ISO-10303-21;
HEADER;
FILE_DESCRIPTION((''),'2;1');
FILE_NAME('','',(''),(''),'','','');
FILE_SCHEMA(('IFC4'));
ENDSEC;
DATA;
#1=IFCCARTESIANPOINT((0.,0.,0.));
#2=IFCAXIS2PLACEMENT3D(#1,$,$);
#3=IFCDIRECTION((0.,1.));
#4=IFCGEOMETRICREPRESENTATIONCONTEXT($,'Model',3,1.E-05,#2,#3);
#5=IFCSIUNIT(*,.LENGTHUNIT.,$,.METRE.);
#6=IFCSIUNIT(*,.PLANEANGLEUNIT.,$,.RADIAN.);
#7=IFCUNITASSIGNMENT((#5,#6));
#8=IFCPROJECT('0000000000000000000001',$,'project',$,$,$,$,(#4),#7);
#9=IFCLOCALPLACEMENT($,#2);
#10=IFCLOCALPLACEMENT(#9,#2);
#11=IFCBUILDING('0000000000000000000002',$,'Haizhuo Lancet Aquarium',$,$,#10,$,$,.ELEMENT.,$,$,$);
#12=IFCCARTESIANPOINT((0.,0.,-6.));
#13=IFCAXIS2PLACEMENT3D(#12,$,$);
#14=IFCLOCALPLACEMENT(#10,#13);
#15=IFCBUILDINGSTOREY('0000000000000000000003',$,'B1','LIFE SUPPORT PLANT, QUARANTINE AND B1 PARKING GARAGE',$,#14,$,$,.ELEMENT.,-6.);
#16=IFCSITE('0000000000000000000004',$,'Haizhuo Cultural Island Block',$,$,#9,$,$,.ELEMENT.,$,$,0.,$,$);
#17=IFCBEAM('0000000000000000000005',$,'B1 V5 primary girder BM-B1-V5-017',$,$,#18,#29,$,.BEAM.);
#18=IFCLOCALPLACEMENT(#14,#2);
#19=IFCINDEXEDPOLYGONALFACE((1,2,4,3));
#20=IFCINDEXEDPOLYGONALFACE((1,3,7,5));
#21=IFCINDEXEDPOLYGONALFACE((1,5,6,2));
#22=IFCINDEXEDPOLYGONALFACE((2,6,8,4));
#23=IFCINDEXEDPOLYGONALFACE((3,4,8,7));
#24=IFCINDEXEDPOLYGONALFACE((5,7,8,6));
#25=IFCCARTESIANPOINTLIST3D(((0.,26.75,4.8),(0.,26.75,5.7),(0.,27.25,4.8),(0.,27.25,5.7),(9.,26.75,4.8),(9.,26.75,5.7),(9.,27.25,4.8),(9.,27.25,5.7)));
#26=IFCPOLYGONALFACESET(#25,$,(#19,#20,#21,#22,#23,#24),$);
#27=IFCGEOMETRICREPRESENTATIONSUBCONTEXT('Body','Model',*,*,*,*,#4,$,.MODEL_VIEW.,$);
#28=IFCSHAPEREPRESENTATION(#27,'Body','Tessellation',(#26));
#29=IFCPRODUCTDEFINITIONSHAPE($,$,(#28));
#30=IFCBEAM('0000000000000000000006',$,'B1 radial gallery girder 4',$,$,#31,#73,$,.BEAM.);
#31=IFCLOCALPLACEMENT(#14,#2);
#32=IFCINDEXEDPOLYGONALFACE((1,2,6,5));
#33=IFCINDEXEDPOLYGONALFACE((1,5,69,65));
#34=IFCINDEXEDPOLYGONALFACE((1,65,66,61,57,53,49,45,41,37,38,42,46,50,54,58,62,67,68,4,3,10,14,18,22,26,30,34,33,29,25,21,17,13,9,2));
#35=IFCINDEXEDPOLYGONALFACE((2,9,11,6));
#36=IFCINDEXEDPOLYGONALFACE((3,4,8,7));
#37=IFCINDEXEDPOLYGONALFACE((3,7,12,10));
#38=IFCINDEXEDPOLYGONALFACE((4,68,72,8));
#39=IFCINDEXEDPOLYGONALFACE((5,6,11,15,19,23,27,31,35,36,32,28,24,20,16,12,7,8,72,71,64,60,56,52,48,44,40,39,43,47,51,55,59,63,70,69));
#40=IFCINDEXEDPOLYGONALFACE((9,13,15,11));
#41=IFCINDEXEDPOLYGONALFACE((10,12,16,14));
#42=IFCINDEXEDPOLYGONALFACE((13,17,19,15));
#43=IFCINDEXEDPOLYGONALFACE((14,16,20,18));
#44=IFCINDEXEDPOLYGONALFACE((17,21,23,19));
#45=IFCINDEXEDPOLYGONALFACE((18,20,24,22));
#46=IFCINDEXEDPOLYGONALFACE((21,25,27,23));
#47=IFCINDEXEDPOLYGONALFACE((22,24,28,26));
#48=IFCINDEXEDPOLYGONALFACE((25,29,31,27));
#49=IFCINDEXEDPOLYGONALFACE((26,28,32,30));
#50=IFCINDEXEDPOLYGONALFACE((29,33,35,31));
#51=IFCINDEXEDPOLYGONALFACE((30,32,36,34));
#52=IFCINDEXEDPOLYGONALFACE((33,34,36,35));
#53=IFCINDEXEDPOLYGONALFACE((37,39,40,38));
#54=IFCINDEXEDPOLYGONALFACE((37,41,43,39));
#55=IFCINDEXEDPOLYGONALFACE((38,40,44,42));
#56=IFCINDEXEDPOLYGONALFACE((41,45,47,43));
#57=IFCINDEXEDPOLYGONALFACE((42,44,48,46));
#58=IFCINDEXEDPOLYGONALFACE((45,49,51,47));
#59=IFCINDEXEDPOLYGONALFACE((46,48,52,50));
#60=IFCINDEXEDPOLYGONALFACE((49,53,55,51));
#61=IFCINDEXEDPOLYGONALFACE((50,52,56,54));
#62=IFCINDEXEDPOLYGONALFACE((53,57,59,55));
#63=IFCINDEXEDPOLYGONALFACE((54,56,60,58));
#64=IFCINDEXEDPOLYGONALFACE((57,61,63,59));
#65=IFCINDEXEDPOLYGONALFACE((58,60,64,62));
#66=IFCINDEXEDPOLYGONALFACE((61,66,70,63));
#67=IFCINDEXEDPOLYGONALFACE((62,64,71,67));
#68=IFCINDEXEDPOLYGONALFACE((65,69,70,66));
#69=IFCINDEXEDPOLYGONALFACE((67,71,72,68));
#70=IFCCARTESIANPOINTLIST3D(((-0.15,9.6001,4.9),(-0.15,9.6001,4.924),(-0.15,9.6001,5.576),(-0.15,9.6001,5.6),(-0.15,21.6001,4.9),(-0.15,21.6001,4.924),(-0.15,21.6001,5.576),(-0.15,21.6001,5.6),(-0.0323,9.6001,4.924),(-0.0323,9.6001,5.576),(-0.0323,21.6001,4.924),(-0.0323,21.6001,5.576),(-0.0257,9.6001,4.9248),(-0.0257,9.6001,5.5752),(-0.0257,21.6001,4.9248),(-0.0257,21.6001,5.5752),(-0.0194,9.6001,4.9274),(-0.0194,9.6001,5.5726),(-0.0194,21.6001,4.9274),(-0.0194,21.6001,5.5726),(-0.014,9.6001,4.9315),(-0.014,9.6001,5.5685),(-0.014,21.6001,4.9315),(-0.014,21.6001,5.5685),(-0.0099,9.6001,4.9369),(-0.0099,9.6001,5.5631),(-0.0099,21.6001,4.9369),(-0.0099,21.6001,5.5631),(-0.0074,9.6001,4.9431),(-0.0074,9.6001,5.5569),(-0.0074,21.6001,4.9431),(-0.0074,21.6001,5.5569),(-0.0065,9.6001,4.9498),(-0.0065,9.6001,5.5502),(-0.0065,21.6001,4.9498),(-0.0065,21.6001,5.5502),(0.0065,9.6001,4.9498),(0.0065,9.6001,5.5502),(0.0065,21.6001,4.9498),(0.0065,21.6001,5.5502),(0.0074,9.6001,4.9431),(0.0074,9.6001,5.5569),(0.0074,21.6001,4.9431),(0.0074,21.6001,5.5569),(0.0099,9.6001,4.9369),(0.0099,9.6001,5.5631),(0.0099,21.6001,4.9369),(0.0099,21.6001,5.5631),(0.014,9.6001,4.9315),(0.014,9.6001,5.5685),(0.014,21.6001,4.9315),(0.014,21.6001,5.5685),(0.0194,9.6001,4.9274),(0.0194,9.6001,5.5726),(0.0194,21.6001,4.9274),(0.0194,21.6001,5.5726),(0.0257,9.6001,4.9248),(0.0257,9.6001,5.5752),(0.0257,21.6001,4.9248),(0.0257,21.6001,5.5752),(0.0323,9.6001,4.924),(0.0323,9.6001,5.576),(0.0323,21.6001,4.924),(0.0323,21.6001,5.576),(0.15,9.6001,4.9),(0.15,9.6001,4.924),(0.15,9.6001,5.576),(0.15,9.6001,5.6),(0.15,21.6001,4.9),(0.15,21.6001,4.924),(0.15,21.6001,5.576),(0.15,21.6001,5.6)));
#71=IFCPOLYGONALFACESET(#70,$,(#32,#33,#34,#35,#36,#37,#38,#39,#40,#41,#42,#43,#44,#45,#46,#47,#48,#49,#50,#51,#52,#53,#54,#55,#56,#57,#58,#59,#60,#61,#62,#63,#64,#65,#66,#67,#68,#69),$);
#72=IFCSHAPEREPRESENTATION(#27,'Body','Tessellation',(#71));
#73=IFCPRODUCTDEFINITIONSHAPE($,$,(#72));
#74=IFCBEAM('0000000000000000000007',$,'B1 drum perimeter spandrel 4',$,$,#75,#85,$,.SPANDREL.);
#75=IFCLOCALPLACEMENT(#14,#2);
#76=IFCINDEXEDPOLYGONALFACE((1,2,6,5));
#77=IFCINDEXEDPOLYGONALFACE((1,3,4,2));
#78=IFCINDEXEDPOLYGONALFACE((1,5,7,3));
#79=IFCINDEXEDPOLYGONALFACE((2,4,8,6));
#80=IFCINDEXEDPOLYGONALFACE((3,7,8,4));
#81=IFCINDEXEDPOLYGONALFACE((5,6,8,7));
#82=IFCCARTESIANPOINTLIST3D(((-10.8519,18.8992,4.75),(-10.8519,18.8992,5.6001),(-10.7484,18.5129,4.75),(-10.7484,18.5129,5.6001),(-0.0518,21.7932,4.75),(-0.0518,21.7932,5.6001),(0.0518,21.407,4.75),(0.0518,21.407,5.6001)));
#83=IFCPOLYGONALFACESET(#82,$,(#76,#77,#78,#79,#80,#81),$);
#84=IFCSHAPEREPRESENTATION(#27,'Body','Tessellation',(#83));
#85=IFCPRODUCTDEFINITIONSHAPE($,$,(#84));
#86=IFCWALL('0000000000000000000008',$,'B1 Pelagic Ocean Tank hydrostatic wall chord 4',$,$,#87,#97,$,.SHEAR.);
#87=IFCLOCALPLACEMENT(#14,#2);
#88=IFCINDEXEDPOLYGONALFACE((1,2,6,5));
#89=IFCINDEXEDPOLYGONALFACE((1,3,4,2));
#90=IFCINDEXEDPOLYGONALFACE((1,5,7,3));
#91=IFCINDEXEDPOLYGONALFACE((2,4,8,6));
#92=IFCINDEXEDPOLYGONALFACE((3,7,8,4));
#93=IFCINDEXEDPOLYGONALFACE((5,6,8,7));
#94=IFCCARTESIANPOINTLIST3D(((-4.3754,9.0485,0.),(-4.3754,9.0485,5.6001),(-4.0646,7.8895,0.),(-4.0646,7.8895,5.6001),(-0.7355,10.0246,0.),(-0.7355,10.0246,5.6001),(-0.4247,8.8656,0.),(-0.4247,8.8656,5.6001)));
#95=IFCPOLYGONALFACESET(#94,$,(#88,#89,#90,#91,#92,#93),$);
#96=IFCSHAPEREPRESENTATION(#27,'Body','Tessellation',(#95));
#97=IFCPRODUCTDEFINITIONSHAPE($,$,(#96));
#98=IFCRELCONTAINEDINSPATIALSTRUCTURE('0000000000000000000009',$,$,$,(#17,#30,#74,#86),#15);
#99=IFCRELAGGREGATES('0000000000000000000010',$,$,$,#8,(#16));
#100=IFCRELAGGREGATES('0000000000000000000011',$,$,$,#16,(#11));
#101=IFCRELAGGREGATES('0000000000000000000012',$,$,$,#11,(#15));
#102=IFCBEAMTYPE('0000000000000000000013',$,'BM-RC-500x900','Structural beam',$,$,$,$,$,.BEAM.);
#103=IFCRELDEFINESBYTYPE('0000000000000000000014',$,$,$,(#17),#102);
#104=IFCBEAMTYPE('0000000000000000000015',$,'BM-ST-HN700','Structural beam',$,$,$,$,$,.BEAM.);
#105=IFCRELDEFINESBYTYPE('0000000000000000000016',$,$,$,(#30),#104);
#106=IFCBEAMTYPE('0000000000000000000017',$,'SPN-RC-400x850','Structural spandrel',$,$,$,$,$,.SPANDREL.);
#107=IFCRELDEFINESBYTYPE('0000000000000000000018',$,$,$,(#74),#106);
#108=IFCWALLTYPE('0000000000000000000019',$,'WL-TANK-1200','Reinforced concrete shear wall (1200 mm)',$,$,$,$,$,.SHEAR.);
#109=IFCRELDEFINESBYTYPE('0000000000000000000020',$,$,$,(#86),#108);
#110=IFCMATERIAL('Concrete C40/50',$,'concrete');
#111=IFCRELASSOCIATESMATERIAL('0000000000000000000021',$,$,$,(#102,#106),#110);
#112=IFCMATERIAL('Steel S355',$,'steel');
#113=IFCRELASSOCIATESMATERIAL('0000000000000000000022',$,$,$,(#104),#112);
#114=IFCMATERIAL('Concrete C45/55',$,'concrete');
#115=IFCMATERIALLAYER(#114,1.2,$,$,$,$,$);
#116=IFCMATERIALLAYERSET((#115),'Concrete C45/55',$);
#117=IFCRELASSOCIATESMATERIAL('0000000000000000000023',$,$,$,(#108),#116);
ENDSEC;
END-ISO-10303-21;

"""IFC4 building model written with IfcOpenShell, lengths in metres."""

from ifc_helpers import new_model, si_unit, direction, frame, frame_2d, origin, origin_2d, place, context, subcontext, project, spatial, rectangle, i_section, extrude, material, layer, layer_set, material_profile, profile_set, type_object, element, save


model = new_model("IFC4")

# Units and contexts
model_context = context("Model", 3, precision=1e-05, world=origin(), true_north=direction((0.0, 1.0)))
body_context = subcontext(model_context, "Body", "Model", "MODEL_VIEW")
ifc_project = project(units=[si_unit("LENGTHUNIT", "METRE"), si_unit("PLANEANGLEUNIT", "RADIAN")], contexts=[model_context])

# Site, building, storey
site_placement = place(None, origin())
site = spatial("IfcSite", under=ifc_project, at=site_placement, Name="Haizhuo Cultural Island Block", CompositionType="ELEMENT", RefElevation=0.0)
building_placement = place(site_placement, origin())
building = spatial("IfcBuilding", under=site, at=building_placement, Name="Haizhuo Lancet Aquarium", CompositionType="ELEMENT")
storey_placement = place(building_placement, frame((0.0, 0.0, -6.0)))
storey = spatial("IfcBuildingStorey", under=building, at=storey_placement, Name="B1", Description="LIFE SUPPORT PLANT, QUARANTINE AND B1 PARKING GARAGE", CompositionType="ELEMENT", Elevation=-6.0)

# Shared definitions
ifc_material_1 = material(Name="Concrete C40/50", Category="concrete")

# Beams
ifc_material_profile_1 = material_profile(ifc_material_1, rectangle(XDim=0.5, YDim=0.8999, at=origin_2d()), Name="RC-BM 500x900")
ifc_profile_set_1 = profile_set([ifc_material_profile_1], Name="Concrete C40/50")
beam_type_1 = type_object("IfcBeamType", Name="BM-RC-500x900", Description="Structural beam", PredefinedType="BEAM", material=ifc_profile_set_1)
for number, where, z_axis, x_axis, name in (
    (1, (0.0, 27.0, 5.25), (1.0, 0.0, 0.0), (0.0, 1.0, 0.0), "B1 V5 primary girder BM-B1-V5-017"),
):
    element("IfcBeam", number, at=place(storey_placement, frame(where, z_axis=z_axis, x_axis=x_axis)), inside=storey, type_object=beam_type_1, Name=name, PredefinedType="BEAM", context=body_context, shape_type="SweptSolid", body=[
        extrude(rectangle(XDim=0.5, YDim=0.8999, at=origin_2d()), origin(), (0.0, 0.0, 1.0), 9.0),
    ])
ifc_material_2 = material(Name="Steel S355", Category="steel")
ifc_material_profile_2 = material_profile(ifc_material_2, i_section(OverallWidth=0.3, OverallDepth=0.7, WebThickness=0.0129, FlangeThickness=0.0239, FilletRadius=0.0259, at=origin_2d()), Name="HN 700x300x13x24")
ifc_profile_set_2 = profile_set([ifc_material_profile_2], Name="Steel S355")
beam_type_2 = type_object("IfcBeamType", Name="BM-ST-HN700", Description="Structural beam", PredefinedType="BEAM", material=ifc_profile_set_2)
beam_1_placement = place(storey_placement, frame((0.0, 9.6001, 5.25), z_axis=(0.0, 1.0, 0.0), x_axis=(-1.0, 0.0, 0.0)))
element("IfcBeam", 2, at=beam_1_placement, inside=storey, type_object=beam_type_2, Name="B1 radial gallery girder 4", PredefinedType="BEAM", context=body_context, shape_type="SweptSolid", body=[
    extrude(i_section(OverallWidth=0.3, OverallDepth=0.7, WebThickness=0.0129, FlangeThickness=0.0239, FilletRadius=0.0259, at=origin_2d()), origin(), (0.0, 0.0, 1.0), 12.0),
])
ifc_material_profile_3 = material_profile(ifc_material_1, rectangle(XDim=0.3999, YDim=0.8501, at=origin_2d()), Name="RC-SP 400x850")
ifc_profile_set_3 = profile_set([ifc_material_profile_3], Name="Concrete C40/50")
beam_type_3 = type_object("IfcBeamType", Name="SPN-RC-400x850", Description="Structural spandrel", PredefinedType="SPANDREL", material=ifc_profile_set_3)
beam_2_placement = place(storey_placement, frame((0.0, 21.6001, 5.175), z_axis=(-0.965922, -0.258834, 0.0), x_axis=(0.258834, -0.965922, 0.0)))
element("IfcBeam", 3, at=beam_2_placement, inside=storey, type_object=beam_type_3, Name="B1 drum perimeter spandrel 4", PredefinedType="SPANDREL", context=body_context, shape_type="SweptSolid", body=[
    extrude(rectangle(XDim=0.3999, YDim=0.8501, at=origin_2d()), origin(), (0.0, 0.0, 1.0), 11.1812),
])

# Wall
ifc_material_3 = material(Name="Concrete C45/55", Category="concrete")
ifc_layer = layer(ifc_material_3, 1.2)
ifc_layer_set = layer_set([ifc_layer], Name="Concrete C45/55")
wall_type = type_object("IfcWallType", Name="WL-TANK-1200", Description="Reinforced concrete shear wall (1200 mm)", PredefinedType="SHEAR", material=ifc_layer_set)
wall_placement = place(storey_placement, frame((-0.5801, 9.4451, 0.0), z_axis=(0.0, 0.0, 1.0), x_axis=(-0.965875, -0.259009, 0.0)))
element("IfcWall", 4, at=wall_placement, inside=storey, type_object=wall_type, Name="B1 Pelagic Ocean Tank hydrostatic wall chord 4", PredefinedType="SHEAR", context=body_context, shape_type="SweptSolid", body=[
    extrude(rectangle(XDim=3.7686, YDim=1.2, at=frame_2d((1.8843, 0.0))), origin(), (0.0, 0.0, 1.0), 5.6001),
])

save(model, "model.ifc")
